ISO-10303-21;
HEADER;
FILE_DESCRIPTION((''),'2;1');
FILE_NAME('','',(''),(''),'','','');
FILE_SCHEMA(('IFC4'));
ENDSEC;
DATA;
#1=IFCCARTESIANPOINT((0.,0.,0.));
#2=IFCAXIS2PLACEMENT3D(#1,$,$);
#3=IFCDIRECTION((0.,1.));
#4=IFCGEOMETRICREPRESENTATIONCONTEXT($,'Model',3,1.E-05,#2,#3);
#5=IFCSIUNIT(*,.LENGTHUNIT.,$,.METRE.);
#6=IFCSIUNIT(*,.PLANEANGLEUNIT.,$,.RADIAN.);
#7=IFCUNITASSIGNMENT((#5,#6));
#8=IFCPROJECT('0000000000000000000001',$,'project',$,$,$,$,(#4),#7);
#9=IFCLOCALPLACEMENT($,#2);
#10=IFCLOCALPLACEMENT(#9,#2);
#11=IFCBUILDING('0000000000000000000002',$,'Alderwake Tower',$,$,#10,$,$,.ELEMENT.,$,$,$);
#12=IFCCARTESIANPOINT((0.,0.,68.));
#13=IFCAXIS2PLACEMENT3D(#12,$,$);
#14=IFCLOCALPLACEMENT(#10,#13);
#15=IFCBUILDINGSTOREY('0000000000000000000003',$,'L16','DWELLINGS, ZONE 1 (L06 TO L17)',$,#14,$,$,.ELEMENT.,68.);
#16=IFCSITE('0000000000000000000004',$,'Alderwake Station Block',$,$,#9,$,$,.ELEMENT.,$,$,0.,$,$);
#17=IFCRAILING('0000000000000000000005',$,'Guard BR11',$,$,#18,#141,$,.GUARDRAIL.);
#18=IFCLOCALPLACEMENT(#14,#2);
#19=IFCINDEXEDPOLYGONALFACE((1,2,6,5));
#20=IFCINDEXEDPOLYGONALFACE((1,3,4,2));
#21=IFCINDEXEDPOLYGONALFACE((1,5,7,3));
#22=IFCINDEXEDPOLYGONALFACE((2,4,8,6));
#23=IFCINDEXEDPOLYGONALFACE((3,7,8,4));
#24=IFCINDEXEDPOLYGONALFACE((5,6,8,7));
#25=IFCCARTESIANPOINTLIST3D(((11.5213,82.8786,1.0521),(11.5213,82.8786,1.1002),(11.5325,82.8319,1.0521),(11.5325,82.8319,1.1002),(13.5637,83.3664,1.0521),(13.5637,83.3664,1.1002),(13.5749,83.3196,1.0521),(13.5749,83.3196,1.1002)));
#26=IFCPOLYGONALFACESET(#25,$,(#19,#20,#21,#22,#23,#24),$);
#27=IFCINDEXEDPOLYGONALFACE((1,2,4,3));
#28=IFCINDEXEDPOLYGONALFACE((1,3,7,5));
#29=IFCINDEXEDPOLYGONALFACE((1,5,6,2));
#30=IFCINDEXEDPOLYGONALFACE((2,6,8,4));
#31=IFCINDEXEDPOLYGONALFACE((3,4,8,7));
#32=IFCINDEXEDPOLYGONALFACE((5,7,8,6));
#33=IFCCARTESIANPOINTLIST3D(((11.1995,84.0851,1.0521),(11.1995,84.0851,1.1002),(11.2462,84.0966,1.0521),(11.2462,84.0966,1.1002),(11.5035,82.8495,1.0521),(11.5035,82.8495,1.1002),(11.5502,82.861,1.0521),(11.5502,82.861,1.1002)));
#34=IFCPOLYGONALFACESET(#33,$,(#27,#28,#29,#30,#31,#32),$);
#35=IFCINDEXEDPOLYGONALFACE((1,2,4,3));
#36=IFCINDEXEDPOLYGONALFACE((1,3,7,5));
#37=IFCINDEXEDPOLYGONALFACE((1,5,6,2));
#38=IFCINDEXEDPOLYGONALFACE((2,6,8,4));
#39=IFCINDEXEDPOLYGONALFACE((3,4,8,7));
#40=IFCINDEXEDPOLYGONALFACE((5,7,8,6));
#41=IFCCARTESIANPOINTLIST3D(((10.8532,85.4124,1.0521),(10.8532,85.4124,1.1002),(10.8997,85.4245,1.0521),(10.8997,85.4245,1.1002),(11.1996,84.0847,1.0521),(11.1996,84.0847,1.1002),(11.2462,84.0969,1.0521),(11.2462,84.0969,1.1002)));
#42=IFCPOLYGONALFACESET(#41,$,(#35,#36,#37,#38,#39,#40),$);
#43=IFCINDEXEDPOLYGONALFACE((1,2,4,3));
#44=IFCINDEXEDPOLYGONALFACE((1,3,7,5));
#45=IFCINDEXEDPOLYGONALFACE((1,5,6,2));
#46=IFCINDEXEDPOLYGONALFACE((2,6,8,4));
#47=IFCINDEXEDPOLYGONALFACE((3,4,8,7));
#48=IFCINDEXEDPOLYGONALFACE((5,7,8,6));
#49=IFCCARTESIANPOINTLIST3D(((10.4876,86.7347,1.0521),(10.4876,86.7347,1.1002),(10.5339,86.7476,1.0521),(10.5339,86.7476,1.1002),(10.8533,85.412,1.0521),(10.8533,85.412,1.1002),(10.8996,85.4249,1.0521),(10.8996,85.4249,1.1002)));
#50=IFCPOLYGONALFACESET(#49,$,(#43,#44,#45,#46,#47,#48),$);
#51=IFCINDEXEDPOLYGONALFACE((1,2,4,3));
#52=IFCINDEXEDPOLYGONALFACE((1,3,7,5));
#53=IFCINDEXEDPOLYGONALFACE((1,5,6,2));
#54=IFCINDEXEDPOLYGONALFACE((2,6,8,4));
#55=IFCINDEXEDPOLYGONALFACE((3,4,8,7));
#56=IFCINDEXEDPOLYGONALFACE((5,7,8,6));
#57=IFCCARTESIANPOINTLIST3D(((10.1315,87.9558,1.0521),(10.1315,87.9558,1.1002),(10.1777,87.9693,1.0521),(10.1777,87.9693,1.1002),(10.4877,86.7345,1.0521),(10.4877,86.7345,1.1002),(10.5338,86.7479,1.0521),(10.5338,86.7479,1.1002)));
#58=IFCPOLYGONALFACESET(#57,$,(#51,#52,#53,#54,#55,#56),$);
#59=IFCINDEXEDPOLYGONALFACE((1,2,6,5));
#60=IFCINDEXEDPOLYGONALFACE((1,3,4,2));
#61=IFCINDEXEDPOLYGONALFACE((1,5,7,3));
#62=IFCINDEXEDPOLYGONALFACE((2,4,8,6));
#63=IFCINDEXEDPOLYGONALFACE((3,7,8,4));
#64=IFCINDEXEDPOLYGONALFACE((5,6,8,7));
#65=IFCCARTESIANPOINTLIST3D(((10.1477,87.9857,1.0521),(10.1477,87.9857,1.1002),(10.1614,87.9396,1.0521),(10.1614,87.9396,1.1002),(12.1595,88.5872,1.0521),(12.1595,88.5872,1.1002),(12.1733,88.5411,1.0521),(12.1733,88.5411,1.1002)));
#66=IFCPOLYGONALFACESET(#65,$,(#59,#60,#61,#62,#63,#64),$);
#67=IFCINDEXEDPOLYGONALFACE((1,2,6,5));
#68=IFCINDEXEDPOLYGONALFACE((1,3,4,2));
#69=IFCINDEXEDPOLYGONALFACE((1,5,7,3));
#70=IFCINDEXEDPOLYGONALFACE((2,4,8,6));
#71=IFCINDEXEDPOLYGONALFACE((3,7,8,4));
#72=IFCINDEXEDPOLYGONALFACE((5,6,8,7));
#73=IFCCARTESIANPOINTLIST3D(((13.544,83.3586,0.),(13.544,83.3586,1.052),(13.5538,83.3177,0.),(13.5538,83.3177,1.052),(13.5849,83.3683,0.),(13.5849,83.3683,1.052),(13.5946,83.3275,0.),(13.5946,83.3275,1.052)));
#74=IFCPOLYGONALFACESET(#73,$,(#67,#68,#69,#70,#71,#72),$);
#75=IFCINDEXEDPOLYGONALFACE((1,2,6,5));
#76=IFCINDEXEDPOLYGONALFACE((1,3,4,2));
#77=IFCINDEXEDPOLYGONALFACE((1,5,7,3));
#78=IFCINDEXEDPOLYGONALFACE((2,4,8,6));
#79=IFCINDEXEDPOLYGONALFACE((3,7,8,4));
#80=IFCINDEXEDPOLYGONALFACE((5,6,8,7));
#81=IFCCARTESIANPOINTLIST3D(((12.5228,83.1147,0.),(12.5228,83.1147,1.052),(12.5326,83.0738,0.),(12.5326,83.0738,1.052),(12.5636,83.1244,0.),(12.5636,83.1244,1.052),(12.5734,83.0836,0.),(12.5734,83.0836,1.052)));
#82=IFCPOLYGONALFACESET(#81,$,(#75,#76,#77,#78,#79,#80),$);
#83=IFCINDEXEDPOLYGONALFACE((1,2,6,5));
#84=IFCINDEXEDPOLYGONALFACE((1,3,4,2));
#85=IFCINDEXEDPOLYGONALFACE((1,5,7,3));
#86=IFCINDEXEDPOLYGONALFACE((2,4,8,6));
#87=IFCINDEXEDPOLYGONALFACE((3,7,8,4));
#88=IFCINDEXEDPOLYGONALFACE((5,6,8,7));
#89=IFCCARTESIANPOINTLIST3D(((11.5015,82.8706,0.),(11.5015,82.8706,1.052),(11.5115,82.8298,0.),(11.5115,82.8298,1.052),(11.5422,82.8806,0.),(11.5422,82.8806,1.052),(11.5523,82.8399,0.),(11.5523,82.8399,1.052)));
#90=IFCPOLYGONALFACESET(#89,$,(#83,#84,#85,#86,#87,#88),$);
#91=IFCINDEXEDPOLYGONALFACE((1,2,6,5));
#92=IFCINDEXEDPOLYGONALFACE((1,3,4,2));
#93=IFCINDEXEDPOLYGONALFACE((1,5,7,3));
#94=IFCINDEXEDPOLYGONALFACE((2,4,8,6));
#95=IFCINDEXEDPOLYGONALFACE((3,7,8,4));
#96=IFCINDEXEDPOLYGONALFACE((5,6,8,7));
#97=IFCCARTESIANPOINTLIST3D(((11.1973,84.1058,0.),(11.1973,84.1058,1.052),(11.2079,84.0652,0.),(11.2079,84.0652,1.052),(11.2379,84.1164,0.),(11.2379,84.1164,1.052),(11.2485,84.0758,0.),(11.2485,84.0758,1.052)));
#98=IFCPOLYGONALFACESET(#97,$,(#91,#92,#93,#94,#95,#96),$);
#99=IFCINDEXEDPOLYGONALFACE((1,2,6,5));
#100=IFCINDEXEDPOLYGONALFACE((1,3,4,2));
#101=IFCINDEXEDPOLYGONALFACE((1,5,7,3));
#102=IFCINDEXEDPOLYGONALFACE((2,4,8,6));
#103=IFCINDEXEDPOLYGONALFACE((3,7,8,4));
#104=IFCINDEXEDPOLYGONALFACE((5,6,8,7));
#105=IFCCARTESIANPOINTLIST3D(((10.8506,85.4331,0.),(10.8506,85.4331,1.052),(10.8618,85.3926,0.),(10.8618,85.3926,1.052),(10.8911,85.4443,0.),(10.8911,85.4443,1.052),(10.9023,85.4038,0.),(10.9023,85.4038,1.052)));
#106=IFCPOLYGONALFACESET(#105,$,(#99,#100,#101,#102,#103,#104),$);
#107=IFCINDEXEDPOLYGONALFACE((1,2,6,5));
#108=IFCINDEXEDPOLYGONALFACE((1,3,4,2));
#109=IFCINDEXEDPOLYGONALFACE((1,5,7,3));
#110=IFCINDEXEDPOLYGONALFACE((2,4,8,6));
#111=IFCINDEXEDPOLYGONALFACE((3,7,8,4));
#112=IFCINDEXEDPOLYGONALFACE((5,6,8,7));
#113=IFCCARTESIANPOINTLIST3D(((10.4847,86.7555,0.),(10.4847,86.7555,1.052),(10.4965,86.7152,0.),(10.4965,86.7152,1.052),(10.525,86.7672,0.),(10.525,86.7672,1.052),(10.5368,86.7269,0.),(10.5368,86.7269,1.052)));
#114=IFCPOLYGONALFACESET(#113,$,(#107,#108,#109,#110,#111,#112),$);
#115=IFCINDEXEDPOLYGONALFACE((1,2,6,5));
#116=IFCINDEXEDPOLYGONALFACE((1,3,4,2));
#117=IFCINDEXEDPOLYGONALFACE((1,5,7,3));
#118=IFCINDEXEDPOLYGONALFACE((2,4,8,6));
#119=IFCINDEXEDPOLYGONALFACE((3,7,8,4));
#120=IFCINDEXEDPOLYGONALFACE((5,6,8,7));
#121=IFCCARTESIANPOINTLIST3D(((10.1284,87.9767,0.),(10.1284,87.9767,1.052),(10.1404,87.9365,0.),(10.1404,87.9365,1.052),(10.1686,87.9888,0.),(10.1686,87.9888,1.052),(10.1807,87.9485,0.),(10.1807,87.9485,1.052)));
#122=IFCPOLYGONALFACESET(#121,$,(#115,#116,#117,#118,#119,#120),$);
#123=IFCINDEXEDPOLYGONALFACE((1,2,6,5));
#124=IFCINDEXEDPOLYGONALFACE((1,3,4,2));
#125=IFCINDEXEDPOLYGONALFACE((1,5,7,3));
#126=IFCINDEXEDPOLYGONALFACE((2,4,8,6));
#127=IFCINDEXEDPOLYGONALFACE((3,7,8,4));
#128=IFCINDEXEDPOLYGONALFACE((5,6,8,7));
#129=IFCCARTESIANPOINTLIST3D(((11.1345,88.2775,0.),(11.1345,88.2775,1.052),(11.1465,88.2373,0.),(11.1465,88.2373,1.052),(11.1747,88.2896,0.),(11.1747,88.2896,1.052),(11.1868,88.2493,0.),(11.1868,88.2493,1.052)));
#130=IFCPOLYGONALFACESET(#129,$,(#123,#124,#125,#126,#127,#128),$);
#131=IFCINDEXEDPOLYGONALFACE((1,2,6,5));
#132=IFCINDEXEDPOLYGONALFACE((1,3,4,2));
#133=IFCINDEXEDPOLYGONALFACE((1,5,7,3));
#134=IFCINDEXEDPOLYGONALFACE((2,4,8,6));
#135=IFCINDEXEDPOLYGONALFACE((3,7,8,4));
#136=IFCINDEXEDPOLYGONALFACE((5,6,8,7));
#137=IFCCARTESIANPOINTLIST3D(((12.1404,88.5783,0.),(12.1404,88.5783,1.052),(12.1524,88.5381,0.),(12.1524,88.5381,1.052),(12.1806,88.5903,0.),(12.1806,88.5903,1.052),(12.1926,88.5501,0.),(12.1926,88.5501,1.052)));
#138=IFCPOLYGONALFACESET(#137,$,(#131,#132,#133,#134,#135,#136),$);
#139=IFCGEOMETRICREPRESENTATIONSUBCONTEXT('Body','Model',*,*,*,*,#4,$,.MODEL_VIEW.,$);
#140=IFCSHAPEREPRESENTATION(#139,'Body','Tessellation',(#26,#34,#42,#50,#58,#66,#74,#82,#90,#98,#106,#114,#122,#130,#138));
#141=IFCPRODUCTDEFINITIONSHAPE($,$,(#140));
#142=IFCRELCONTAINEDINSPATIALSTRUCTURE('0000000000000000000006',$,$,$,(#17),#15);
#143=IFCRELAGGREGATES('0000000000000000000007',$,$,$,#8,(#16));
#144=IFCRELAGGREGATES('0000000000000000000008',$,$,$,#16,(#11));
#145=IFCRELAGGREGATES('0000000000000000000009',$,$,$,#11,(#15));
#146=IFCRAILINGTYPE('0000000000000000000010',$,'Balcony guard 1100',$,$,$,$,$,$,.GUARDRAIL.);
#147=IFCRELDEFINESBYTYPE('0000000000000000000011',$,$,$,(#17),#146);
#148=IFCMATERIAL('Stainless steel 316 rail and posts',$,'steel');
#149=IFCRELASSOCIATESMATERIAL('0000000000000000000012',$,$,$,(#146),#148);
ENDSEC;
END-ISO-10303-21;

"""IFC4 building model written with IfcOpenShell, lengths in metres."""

from ifc_helpers import new_model, si_unit, direction, frame, origin, origin_2d, place, context, subcontext, project, spatial, rectangle, extrude, material, type_object, element, save


model = new_model("IFC4")

# Units and contexts
model_context = context("Model", 3, precision=1e-05, world=origin(), true_north=direction((0.0, 1.0)))
body_context = subcontext(model_context, "Body", "Model", "MODEL_VIEW")
ifc_project = project(units=[si_unit("LENGTHUNIT", "METRE"), si_unit("PLANEANGLEUNIT", "RADIAN")], contexts=[model_context])

# Site, building, storey
site_placement = place(None, origin())
site = spatial("IfcSite", under=ifc_project, at=site_placement, Name="Alderwake Station Block", CompositionType="ELEMENT", RefElevation=0.0)
building_placement = place(site_placement, origin())
building = spatial("IfcBuilding", under=site, at=building_placement, Name="Alderwake Tower", CompositionType="ELEMENT")
storey_placement = place(building_placement, frame((0.0, 0.0, 68.0)))
storey = spatial("IfcBuildingStorey", under=building, at=storey_placement, Name="L16", Description="DWELLINGS, ZONE 1 (L06 TO L17)", CompositionType="ELEMENT", Elevation=68.0)

# Railing
ifc_material_1 = material(Name="Stainless steel 316 rail and posts", Category="steel")
railing_type = type_object("IfcRailingType", Name="Balcony guard 1100", PredefinedType="GUARDRAIL", material=ifc_material_1)
railing_placement = place(storey_placement, frame((13.5693, 83.343, 0.0)))
element("IfcRailing", 1, at=railing_placement, inside=storey, type_object=railing_type, Name="Guard BR11", PredefinedType="GUARDRAIL", context=body_context, shape_type="SweptSolid", body=[
    extrude(rectangle(XDim=0.0481, YDim=0.0481, at=origin_2d()), frame((0.0, 0.0, 1.0762), z_axis=(-0.972646, -0.232291, 0.0), x_axis=(0.232291, -0.972646, 0.0)), (0.0, 0.0, 1.0), 2.0999),
    extrude(rectangle(XDim=0.0481, YDim=0.0481, at=origin_2d()), frame((-2.0425, -0.4878, 1.0762), z_axis=(-0.238877, 0.97105, 0.0), x_axis=(-0.97105, -0.238877, 0.0)), (0.0, 0.0, 1.0), 1.2725),
    extrude(rectangle(XDim=0.0481, YDim=0.0481, at=origin_2d()), frame((-2.3464, 0.7478, 1.0762), z_axis=(-0.252487, 0.9676, 0.0), x_axis=(-0.9676, -0.252487, 0.0)), (0.0, 0.0, 1.0), 1.3721),
    extrude(rectangle(XDim=0.0481, YDim=0.0481, at=origin_2d()), frame((-2.6929, 2.0754, 1.0762), z_axis=(-0.266488, 0.963838, 0.0), x_axis=(-0.963838, -0.266488, 0.0)), (0.0, 0.0, 1.0), 1.3723),
    extrude(rectangle(XDim=0.0481, YDim=0.0481, at=origin_2d()), frame((-3.0586, 3.3982, 1.0762), z_axis=(-0.279963, 0.960011, 0.0), x_axis=(-0.960011, -0.279963, 0.0)), (0.0, 0.0, 1.0), 1.2722),
    extrude(rectangle(XDim=0.0481, YDim=0.0481, at=origin_2d()), frame((-3.4148, 4.6196, 1.0762), z_axis=(0.958091, 0.286462, 0.0), x_axis=(-0.286462, 0.958091, 0.0)), (0.0, 0.0, 1.0), 2.0999),
    extrude(rectangle(XDim=0.042, YDim=0.042, at=origin_2d()), frame((0.0, 0.0, 0.0), z_axis=(0.0, 0.0, 1.0), x_axis=(-0.972646, -0.232291, 0.0)), (0.0, 0.0, 1.0), 1.052),
    extrude(rectangle(XDim=0.042, YDim=0.042, at=origin_2d()), frame((-1.0212, -0.2439, 0.0), z_axis=(0.0, 0.0, 1.0), x_axis=(-0.972646, -0.232291, 0.0)), (0.0, 0.0, 1.0), 1.052),
    extrude(rectangle(XDim=0.042, YDim=0.042, at=origin_2d()), frame((-2.0425, -0.4878, 0.0), z_axis=(0.0, 0.0, 1.0), x_axis=(-0.238877, 0.97105, 0.0)), (0.0, 0.0, 1.0), 1.052),
    extrude(rectangle(XDim=0.042, YDim=0.042, at=origin_2d()), frame((-2.3464, 0.7478, 0.0), z_axis=(0.0, 0.0, 1.0), x_axis=(-0.252487, 0.9676, 0.0)), (0.0, 0.0, 1.0), 1.052),
    extrude(rectangle(XDim=0.042, YDim=0.042, at=origin_2d()), frame((-2.6929, 2.0754, 0.0), z_axis=(0.0, 0.0, 1.0), x_axis=(-0.266488, 0.963838, 0.0)), (0.0, 0.0, 1.0), 1.052),
    extrude(rectangle(XDim=0.042, YDim=0.042, at=origin_2d()), frame((-3.0586, 3.3982, 0.0), z_axis=(0.0, 0.0, 1.0), x_axis=(-0.279963, 0.960011, 0.0)), (0.0, 0.0, 1.0), 1.052),
    extrude(rectangle(XDim=0.042, YDim=0.042, at=origin_2d()), frame((-3.4148, 4.6196, 0.0), z_axis=(0.0, 0.0, 1.0), x_axis=(0.958091, 0.286462, 0.0)), (0.0, 0.0, 1.0), 1.052),
    extrude(rectangle(XDim=0.042, YDim=0.042, at=origin_2d()), frame((-2.4087, 4.9204, 0.0), z_axis=(0.0, 0.0, 1.0), x_axis=(0.958091, 0.286462, 0.0)), (0.0, 0.0, 1.0), 1.052),
    extrude(rectangle(XDim=0.042, YDim=0.042, at=origin_2d()), frame((-1.4028, 5.2212, 0.0), z_axis=(0.0, 0.0, 1.0), x_axis=(0.958091, 0.286462, 0.0)), (0.0, 0.0, 1.0), 1.052),
])

save(model, "model.ifc")
